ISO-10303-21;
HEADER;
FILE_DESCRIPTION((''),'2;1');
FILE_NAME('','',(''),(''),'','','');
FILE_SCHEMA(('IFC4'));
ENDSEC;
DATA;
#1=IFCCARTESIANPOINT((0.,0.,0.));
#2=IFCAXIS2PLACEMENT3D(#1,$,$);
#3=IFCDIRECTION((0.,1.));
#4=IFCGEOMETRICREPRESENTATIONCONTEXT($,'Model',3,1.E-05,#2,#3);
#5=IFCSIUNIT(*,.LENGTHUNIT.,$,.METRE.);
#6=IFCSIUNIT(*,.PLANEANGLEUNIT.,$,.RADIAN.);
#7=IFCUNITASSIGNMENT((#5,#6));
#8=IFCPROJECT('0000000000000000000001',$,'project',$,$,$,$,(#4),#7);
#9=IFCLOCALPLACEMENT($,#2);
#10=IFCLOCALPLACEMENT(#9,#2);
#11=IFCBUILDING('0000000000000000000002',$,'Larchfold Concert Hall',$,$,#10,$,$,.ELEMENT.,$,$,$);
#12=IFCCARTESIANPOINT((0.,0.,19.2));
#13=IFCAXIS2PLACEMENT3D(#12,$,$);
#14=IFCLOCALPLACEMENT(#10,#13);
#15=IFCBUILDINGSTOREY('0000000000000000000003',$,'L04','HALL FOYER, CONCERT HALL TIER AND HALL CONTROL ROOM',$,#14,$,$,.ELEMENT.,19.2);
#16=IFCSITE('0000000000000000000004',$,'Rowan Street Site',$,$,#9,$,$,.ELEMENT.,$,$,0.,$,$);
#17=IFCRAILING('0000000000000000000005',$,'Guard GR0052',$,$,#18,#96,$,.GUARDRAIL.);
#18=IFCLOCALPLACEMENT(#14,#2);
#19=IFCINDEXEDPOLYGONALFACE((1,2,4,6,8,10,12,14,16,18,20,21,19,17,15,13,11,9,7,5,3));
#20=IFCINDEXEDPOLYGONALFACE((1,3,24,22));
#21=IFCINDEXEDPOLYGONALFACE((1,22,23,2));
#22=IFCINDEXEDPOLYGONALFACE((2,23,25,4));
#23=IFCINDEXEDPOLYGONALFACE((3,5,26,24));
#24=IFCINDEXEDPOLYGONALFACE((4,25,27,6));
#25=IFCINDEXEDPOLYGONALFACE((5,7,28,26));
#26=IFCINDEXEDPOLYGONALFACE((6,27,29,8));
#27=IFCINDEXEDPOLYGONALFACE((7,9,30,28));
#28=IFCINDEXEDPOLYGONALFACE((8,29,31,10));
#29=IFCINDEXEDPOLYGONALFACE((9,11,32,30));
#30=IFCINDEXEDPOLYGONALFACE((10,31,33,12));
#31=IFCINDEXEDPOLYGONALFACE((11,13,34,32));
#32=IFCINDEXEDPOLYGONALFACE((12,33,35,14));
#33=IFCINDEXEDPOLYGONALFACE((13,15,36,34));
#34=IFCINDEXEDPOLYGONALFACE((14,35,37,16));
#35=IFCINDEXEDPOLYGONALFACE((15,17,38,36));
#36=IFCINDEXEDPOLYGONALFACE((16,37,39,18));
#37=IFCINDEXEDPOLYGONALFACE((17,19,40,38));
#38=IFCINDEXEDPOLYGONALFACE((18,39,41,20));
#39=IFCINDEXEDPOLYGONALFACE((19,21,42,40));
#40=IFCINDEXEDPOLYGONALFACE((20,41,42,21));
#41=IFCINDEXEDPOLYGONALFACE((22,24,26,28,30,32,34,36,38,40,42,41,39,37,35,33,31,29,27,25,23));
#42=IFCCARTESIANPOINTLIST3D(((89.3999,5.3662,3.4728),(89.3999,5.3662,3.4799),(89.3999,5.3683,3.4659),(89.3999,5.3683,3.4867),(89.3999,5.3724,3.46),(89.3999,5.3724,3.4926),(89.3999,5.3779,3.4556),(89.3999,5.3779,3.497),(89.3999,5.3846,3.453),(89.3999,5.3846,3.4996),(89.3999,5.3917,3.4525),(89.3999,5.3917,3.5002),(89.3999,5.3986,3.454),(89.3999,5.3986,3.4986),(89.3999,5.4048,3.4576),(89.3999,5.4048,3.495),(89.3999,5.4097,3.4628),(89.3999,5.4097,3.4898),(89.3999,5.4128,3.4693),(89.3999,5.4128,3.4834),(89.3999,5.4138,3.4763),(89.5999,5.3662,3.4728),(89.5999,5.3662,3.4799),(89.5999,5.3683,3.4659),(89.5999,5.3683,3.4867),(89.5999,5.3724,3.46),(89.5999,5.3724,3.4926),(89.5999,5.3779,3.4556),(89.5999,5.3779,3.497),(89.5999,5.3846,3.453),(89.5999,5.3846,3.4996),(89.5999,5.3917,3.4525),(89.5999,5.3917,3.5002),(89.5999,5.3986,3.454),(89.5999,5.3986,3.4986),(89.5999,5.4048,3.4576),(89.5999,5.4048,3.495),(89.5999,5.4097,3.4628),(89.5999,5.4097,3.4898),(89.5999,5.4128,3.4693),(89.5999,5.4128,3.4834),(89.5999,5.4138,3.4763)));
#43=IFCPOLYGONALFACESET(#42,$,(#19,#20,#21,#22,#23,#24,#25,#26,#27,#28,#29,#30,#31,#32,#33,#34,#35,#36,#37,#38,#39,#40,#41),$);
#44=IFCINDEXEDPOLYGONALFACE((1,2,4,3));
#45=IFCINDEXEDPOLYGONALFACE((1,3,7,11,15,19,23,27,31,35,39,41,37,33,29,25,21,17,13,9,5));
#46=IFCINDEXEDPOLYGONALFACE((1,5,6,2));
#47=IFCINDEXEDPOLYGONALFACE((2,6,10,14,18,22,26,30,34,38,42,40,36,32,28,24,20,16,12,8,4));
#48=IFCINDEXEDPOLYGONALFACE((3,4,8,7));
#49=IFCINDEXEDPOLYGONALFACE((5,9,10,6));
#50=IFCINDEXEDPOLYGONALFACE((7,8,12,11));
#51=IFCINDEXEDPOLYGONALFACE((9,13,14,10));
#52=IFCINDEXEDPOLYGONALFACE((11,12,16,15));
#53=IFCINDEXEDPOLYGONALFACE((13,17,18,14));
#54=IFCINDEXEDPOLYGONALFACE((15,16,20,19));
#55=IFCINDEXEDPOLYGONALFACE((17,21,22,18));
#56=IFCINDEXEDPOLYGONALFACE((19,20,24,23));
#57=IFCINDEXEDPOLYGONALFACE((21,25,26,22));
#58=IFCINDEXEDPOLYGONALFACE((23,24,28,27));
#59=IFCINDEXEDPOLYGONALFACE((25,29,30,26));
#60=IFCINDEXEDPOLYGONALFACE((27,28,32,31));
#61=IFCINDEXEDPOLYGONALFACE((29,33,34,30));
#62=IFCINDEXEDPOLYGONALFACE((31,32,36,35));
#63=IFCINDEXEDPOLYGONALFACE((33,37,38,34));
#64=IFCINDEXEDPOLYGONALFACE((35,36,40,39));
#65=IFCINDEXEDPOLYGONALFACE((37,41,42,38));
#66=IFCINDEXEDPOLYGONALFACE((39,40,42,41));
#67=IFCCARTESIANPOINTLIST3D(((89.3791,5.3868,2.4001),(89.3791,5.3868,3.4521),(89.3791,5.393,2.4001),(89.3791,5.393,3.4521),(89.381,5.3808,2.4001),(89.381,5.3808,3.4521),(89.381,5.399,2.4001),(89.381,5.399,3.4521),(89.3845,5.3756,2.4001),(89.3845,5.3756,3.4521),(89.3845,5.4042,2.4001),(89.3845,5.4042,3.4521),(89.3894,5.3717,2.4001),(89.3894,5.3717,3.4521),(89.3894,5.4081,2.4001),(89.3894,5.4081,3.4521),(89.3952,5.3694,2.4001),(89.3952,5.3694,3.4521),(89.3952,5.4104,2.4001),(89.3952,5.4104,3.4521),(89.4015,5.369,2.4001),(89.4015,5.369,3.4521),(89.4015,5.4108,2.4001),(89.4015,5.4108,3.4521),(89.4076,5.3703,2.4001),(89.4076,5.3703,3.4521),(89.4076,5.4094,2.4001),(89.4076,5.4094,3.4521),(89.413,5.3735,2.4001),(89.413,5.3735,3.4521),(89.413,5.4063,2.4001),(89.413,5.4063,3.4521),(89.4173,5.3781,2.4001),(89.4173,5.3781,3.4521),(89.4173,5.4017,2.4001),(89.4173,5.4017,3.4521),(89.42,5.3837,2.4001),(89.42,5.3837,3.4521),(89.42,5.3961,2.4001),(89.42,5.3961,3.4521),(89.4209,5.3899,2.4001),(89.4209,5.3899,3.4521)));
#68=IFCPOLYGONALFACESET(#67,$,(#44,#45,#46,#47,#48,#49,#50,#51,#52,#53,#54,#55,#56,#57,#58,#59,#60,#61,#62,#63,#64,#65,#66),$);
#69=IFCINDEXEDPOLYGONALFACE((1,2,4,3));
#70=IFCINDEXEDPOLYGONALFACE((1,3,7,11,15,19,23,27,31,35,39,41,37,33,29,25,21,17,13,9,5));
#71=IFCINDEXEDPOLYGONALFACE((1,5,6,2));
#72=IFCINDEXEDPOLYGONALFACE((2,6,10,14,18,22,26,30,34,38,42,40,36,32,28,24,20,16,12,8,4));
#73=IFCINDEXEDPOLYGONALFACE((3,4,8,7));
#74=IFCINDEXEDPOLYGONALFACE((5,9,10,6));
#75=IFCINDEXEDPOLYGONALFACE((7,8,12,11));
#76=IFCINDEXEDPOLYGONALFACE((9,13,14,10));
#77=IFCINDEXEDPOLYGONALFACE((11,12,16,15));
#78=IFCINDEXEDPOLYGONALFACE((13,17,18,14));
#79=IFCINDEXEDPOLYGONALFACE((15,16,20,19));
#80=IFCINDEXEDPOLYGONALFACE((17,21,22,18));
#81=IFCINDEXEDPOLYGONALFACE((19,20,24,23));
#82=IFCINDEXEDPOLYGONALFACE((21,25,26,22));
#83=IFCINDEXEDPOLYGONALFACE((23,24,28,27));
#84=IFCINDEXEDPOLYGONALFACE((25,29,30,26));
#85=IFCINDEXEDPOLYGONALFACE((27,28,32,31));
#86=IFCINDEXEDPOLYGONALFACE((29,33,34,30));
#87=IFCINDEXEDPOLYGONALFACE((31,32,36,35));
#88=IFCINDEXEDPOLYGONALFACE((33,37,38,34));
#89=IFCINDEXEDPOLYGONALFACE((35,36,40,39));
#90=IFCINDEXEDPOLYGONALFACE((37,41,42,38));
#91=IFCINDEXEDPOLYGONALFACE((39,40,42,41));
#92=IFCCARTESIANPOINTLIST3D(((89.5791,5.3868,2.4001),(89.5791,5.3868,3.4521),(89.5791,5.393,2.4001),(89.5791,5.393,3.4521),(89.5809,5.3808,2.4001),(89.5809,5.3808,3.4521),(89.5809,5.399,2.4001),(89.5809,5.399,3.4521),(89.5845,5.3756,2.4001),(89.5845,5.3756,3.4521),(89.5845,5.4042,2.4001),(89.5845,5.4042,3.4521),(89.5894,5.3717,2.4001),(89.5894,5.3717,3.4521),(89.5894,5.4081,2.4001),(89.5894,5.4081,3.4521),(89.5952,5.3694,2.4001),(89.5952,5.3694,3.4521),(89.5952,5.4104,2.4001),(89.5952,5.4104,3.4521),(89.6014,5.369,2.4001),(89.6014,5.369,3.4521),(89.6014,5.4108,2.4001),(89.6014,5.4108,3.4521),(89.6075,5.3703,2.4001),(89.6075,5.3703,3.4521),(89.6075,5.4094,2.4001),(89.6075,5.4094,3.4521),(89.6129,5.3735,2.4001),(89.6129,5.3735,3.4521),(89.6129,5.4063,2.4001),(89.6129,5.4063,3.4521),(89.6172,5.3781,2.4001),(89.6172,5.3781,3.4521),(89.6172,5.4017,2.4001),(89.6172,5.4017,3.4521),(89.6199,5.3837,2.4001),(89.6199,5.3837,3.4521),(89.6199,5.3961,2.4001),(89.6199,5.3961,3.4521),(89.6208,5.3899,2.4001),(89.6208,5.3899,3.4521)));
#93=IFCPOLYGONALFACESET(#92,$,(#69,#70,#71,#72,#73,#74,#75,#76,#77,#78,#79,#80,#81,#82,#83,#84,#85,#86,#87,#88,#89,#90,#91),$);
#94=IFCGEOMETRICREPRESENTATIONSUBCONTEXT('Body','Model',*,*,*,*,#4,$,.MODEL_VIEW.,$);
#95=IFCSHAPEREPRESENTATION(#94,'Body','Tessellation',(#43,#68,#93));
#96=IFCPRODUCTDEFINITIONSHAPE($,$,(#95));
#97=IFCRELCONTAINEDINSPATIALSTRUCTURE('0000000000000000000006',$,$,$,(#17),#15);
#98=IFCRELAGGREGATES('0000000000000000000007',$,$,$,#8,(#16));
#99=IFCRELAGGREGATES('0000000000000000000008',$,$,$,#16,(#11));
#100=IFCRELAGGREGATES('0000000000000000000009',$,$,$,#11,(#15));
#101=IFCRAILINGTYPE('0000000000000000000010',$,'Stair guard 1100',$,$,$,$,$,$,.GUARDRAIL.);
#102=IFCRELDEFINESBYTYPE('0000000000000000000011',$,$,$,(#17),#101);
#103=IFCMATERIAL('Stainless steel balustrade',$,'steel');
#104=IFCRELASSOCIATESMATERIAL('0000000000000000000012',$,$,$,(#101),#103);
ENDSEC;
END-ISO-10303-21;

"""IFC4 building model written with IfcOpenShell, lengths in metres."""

from ifc_helpers import new_model, si_unit, direction, frame, origin, origin_2d, place, context, subcontext, project, spatial, circle, extrude, material, type_object, element, save


model = new_model("IFC4")

# Units and contexts
model_context = context("Model", 3, precision=1e-05, world=origin(), true_north=direction((0.0, 1.0)))
body_context = subcontext(model_context, "Body", "Model", "MODEL_VIEW")
ifc_project = project(units=[si_unit("LENGTHUNIT", "METRE"), si_unit("PLANEANGLEUNIT", "RADIAN")], contexts=[model_context])

# Site, building, storey
site_placement = place(None, origin())
site = spatial("IfcSite", under=ifc_project, at=site_placement, Name="Rowan Street Site", CompositionType="ELEMENT", RefElevation=0.0)
building_placement = place(site_placement, origin())
building = spatial("IfcBuilding", under=site, at=building_placement, Name="Larchfold Concert Hall", CompositionType="ELEMENT")
storey_placement = place(building_placement, frame((0.0, 0.0, 19.2)))
storey = spatial("IfcBuildingStorey", under=building, at=storey_placement, Name="L04", Description="HALL FOYER, CONCERT HALL TIER AND HALL CONTROL ROOM", CompositionType="ELEMENT", Elevation=19.2)

# Railing
ifc_material_1 = material(Name="Stainless steel balustrade", Category="steel")
railing_type_1 = type_object("IfcRailingType", Name="Stair guard 1100", PredefinedType="GUARDRAIL", material=ifc_material_1)
railing_1_placement = place(storey_placement, frame((89.3999, 5.3899, 2.4001)))
element("IfcRailing", 1, at=railing_1_placement, inside=storey, type_object=railing_type_1, Name="Guard GR0052", PredefinedType="GUARDRAIL", context=body_context, shape_type="SweptSolid", body=[
    extrude(circle(Radius=0.0239, at=origin_2d()), frame((0.0, 0.0, 1.0762), z_axis=(1.0, 0.0, 0.0), x_axis=(0.0, 1.0, 0.0)), (0.0, 0.0, 1.0), 0.2),
    extrude(circle(Radius=0.021, at=origin_2d()), origin(), (0.0, 0.0, 1.0), 1.052),
    extrude(circle(Radius=0.021, at=origin_2d()), frame((0.2, 0.0, 0.0)), (0.0, 0.0, 1.0), 1.052),
])

save(model, "model.ifc")
